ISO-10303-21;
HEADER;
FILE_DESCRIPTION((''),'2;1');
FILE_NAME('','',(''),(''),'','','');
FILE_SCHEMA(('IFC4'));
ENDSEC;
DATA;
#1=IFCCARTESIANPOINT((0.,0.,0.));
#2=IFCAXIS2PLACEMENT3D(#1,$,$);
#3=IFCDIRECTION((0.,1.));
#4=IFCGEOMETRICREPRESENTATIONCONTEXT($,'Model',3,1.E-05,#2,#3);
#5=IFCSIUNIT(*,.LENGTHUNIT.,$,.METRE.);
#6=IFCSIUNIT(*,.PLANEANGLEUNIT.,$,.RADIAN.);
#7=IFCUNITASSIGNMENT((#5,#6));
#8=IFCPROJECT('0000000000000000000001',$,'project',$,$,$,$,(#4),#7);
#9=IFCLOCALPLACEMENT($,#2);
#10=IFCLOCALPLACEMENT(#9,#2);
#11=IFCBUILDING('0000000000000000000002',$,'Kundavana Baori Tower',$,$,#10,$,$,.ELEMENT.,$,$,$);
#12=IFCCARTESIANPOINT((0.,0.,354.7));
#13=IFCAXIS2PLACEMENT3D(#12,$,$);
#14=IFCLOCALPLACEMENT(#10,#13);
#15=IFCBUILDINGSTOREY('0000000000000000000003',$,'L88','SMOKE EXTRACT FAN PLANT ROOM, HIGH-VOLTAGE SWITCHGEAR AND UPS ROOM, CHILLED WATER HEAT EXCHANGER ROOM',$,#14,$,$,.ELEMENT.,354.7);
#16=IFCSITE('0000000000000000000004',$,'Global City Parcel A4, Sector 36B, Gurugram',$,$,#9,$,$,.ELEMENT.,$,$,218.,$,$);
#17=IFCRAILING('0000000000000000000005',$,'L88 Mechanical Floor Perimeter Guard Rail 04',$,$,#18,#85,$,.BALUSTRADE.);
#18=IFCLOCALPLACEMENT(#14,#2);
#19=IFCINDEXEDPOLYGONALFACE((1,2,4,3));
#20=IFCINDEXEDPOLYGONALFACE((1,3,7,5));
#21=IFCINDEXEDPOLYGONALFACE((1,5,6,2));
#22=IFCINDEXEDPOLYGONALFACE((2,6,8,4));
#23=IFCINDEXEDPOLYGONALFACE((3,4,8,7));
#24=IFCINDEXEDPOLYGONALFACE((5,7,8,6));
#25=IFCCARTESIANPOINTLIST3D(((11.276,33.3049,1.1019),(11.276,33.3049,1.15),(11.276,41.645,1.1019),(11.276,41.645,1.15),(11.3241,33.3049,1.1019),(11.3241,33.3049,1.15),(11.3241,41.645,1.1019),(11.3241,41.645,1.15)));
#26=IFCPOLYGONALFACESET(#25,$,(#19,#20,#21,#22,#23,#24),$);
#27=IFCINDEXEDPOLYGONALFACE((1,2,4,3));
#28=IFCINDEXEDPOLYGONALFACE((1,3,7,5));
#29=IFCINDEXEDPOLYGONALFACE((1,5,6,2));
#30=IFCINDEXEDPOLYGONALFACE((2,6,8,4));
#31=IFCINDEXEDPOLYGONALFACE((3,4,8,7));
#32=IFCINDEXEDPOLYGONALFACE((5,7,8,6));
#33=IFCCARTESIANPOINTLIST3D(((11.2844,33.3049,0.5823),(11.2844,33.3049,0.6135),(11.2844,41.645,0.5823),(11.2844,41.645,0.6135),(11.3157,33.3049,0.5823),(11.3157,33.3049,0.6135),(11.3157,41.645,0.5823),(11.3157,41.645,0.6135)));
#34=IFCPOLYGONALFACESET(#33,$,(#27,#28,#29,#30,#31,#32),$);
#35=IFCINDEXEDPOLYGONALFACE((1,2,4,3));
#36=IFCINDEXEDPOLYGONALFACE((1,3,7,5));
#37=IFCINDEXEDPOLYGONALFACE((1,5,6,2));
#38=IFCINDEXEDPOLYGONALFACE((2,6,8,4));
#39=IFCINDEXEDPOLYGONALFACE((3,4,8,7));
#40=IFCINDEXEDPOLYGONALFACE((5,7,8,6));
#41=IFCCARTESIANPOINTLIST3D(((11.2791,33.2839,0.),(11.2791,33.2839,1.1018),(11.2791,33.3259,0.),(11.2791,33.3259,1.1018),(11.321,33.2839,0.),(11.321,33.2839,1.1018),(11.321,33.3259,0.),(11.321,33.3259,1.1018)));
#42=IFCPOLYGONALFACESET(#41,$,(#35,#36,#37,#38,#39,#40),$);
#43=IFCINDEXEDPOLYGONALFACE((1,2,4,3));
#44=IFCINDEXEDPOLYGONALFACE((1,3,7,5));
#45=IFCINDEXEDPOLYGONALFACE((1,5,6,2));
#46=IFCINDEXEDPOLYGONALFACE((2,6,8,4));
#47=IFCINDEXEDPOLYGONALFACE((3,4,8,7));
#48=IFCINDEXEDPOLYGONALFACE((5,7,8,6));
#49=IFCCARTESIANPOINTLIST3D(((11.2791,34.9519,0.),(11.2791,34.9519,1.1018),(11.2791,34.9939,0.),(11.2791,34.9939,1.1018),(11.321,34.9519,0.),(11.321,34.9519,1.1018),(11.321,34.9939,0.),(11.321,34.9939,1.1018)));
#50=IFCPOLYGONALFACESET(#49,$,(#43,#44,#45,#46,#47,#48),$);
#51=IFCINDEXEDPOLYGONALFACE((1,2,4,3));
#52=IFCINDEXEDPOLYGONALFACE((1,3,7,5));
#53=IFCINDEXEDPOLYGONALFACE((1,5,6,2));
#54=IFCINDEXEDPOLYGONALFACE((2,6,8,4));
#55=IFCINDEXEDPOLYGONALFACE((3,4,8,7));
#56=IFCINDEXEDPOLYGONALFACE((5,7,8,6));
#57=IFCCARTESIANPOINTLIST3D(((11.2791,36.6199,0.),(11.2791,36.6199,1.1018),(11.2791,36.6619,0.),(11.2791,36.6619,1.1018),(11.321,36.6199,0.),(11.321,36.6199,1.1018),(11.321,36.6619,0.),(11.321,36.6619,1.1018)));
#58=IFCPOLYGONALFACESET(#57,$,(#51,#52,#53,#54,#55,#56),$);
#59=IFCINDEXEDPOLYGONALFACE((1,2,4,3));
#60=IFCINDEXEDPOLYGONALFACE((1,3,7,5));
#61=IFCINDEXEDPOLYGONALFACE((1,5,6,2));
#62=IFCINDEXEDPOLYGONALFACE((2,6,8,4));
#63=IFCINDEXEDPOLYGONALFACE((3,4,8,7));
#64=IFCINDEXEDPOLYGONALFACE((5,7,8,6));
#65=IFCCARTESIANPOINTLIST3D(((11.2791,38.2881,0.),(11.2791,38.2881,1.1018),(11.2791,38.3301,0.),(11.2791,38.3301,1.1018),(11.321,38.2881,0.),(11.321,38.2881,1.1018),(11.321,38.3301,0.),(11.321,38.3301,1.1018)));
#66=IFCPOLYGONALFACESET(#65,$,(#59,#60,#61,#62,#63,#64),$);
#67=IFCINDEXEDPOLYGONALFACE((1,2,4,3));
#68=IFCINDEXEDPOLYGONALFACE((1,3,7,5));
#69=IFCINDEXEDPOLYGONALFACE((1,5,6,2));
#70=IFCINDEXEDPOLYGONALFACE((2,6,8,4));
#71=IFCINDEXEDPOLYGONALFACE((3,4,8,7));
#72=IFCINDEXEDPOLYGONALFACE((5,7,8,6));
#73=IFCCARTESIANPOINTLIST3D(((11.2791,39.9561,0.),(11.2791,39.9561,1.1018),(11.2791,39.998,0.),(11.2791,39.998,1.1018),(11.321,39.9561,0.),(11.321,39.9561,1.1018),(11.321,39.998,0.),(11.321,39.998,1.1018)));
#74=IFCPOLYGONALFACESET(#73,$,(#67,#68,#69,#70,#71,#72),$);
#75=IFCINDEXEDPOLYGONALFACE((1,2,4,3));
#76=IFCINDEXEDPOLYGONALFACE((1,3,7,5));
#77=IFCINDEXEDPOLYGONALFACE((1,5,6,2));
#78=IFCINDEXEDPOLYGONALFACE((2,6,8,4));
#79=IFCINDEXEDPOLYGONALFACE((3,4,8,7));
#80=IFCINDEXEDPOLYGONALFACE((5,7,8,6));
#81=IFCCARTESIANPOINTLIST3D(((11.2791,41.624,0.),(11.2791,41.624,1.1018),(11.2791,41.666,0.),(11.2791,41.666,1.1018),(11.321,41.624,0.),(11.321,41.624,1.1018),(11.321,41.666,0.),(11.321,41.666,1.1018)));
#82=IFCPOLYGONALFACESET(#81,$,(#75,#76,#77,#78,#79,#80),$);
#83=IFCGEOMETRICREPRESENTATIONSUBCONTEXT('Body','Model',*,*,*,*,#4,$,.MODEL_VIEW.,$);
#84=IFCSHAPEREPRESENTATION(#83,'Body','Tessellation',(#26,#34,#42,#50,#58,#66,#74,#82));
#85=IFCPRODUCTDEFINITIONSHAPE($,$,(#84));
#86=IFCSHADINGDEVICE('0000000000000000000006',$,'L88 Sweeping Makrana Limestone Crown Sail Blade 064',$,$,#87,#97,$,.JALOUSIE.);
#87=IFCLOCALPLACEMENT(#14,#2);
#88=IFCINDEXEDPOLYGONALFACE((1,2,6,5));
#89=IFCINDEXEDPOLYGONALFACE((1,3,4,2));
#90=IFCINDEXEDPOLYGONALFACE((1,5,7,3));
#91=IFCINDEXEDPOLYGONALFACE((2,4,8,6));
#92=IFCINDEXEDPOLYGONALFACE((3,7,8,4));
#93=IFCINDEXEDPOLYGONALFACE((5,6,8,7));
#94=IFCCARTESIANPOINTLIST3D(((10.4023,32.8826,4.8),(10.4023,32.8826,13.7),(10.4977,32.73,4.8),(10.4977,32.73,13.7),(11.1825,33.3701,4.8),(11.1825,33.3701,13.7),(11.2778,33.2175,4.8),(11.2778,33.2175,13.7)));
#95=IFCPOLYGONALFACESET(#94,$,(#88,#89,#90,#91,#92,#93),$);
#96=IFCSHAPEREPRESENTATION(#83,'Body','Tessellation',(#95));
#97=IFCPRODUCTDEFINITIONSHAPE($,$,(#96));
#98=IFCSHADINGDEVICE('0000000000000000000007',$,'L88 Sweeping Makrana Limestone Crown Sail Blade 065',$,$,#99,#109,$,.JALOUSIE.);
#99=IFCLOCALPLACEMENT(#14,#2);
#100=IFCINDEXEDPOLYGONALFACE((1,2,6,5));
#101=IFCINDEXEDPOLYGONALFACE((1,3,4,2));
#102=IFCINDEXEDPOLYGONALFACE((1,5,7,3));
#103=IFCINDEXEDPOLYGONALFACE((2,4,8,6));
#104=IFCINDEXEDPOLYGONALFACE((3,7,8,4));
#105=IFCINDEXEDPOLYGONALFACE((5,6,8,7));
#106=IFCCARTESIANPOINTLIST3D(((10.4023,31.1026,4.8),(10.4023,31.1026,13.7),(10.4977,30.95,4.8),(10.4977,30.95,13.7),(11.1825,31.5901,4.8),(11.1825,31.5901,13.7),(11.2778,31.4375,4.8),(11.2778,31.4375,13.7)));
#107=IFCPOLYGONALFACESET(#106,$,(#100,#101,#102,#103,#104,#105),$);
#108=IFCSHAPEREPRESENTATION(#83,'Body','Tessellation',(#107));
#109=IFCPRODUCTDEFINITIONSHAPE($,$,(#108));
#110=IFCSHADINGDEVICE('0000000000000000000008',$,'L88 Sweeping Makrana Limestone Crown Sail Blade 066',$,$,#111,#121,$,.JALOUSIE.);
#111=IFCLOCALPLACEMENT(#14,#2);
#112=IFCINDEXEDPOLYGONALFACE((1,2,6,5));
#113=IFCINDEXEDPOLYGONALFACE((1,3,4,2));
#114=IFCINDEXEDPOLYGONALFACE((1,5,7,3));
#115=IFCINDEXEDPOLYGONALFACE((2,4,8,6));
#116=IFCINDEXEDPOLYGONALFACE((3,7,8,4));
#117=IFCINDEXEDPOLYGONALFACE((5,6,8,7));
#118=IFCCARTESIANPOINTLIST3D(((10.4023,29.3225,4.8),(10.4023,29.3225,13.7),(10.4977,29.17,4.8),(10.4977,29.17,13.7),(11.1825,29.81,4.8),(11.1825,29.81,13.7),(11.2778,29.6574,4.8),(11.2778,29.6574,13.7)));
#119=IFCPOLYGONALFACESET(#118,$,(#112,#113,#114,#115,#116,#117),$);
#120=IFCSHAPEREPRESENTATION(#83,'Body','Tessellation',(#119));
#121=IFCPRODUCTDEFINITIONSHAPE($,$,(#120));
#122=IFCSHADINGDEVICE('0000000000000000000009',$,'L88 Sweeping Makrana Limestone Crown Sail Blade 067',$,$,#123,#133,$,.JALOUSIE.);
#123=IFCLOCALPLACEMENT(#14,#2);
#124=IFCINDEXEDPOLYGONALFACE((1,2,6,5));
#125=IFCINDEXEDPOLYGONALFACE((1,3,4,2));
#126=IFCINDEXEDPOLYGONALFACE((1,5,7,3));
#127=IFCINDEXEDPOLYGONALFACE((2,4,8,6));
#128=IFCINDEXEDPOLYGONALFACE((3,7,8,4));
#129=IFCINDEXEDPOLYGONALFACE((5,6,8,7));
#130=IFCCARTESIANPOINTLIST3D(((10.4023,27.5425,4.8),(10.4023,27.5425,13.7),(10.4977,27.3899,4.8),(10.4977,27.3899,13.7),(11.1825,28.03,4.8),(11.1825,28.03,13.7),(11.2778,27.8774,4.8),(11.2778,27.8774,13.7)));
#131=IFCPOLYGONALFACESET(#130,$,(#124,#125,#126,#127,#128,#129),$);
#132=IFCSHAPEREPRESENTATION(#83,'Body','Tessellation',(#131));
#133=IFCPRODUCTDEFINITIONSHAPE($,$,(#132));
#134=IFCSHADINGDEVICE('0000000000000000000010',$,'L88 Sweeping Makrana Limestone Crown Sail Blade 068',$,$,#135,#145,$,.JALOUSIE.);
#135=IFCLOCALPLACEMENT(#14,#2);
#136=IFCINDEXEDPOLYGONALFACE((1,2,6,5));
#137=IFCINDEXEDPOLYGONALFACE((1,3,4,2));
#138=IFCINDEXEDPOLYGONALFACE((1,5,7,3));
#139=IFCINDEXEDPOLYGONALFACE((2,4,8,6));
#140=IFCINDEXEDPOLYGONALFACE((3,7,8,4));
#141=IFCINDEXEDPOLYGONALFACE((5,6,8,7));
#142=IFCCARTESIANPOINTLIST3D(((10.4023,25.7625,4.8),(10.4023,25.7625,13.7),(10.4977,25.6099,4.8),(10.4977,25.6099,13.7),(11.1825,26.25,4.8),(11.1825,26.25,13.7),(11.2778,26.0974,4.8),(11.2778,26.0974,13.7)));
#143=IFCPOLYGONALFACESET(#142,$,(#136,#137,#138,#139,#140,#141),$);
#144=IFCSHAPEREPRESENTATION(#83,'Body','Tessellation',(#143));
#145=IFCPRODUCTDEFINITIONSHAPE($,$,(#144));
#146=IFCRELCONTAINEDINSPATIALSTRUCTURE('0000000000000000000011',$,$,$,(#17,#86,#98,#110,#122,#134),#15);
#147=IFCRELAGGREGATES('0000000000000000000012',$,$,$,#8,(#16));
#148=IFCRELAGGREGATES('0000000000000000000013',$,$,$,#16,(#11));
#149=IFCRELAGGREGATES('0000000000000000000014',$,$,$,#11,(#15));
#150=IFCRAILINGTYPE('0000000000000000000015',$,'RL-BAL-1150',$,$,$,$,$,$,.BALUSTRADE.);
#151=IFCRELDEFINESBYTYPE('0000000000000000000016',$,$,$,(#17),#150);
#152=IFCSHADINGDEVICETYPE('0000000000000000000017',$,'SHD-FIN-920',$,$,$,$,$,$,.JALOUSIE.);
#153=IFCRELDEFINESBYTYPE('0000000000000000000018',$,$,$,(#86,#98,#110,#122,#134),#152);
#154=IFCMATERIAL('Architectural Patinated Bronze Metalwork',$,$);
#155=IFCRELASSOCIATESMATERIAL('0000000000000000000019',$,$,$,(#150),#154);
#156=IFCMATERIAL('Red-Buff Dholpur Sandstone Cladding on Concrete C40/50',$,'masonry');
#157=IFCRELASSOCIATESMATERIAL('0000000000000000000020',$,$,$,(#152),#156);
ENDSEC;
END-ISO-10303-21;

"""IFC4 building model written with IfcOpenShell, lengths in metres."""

from ifc_helpers import new_model, si_unit, direction, frame, origin, origin_2d, place, context, subcontext, project, spatial, rectangle, extrude, material, type_object, element, save


model = new_model("IFC4")

# Units and contexts
model_context = context("Model", 3, precision=1e-05, world=origin(), true_north=direction((0.0, 1.0)))
body_context = subcontext(model_context, "Body", "Model", "MODEL_VIEW")
ifc_project = project(units=[si_unit("LENGTHUNIT", "METRE"), si_unit("PLANEANGLEUNIT", "RADIAN")], contexts=[model_context])

# Site, building, storey
site_placement = place(None, origin())
site = spatial("IfcSite", under=ifc_project, at=site_placement, Name="Global City Parcel A4, Sector 36B, Gurugram", CompositionType="ELEMENT", RefElevation=218.0)
building_placement = place(site_placement, origin())
building = spatial("IfcBuilding", under=site, at=building_placement, Name="Kundavana Baori Tower", CompositionType="ELEMENT")
storey_placement = place(building_placement, frame((0.0, 0.0, 354.7)))
storey = spatial("IfcBuildingStorey", under=building, at=storey_placement, Name="L88", Description="SMOKE EXTRACT FAN PLANT ROOM, HIGH-VOLTAGE SWITCHGEAR AND UPS ROOM, CHILLED WATER HEAT EXCHANGER ROOM", CompositionType="ELEMENT", Elevation=354.7)

# Railing
ifc_material_1 = material(Name="Architectural Patinated Bronze Metalwork")
railing_type = type_object("IfcRailingType", Name="RL-BAL-1150", PredefinedType="BALUSTRADE", material=ifc_material_1)
railing_placement = place(storey_placement, frame((11.3, 33.3049, 0.0)))
element("IfcRailing", 1, at=railing_placement, inside=storey, type_object=railing_type, Name="L88 Mechanical Floor Perimeter Guard Rail 04", PredefinedType="BALUSTRADE", context=body_context, shape_type="SweptSolid", body=[
    extrude(rectangle(XDim=0.0481, YDim=0.0481, at=origin_2d()), frame((0.0, 0.0, 1.126), z_axis=(0.0, 1.0, 0.0), x_axis=(-1.0, 0.0, 0.0)), (0.0, 0.0, 1.0), 8.3401),
    extrude(rectangle(XDim=0.0312, YDim=0.0312, at=origin_2d()), frame((0.0, 0.0, 0.5979), z_axis=(0.0, 1.0, 0.0), x_axis=(-1.0, 0.0, 0.0)), (0.0, 0.0, 1.0), 8.3401),
    extrude(rectangle(XDim=0.042, YDim=0.042, at=origin_2d()), origin(), (0.0, 0.0, 1.0), 1.1018),
    extrude(rectangle(XDim=0.042, YDim=0.042, at=origin_2d()), frame((0.0, 1.668, 0.0)), (0.0, 0.0, 1.0), 1.1018),
    extrude(rectangle(XDim=0.042, YDim=0.042, at=origin_2d()), frame((0.0, 3.3359, 0.0)), (0.0, 0.0, 1.0), 1.1018),
    extrude(rectangle(XDim=0.042, YDim=0.042, at=origin_2d()), frame((0.0, 5.0042, 0.0)), (0.0, 0.0, 1.0), 1.1018),
    extrude(rectangle(XDim=0.042, YDim=0.042, at=origin_2d()), frame((0.0, 6.6721, 0.0)), (0.0, 0.0, 1.0), 1.1018),
    extrude(rectangle(XDim=0.042, YDim=0.042, at=origin_2d()), frame((0.0, 8.3401, 0.0)), (0.0, 0.0, 1.0), 1.1018),
])

# Shading devices
ifc_material_2 = material(Name="Red-Buff Dholpur Sandstone Cladding on Concrete C40/50", Category="masonry")
shading_device_type = type_object("IfcShadingDeviceType", Name="SHD-FIN-920", PredefinedType="JALOUSIE", material=ifc_material_2)
for number, where, z_axis, x_axis, name in (
    (2, (10.8401, 33.05, 4.8), (0.0, 0.0, 1.0), (-0.529919, 0.848048, 0.0), "L88 Sweeping Makrana Limestone Crown Sail Blade 064"),
    (3, (10.8401, 31.27, 4.8), (0.0, 0.0, 1.0), (-0.529919, 0.848048, 0.0), "L88 Sweeping Makrana Limestone Crown Sail Blade 065"),
    (4, (10.8401, 29.49, 4.8), (0.0, 0.0, 1.0), (-0.529919, 0.848048, 0.0), "L88 Sweeping Makrana Limestone Crown Sail Blade 066"),
    (5, (10.8401, 27.71, 4.8), (0.0, 0.0, 1.0), (-0.529919, 0.848048, 0.0), "L88 Sweeping Makrana Limestone Crown Sail Blade 067"),
    (6, (10.8401, 25.9299, 4.8), (0.0, 0.0, 1.0), (-0.529919, 0.848048, 0.0), "L88 Sweeping Makrana Limestone Crown Sail Blade 068"),
):
    element("IfcShadingDevice", number, at=place(storey_placement, frame(where, z_axis=z_axis, x_axis=x_axis)), inside=storey, type_object=shading_device_type, Name=name, PredefinedType="JALOUSIE", context=body_context, shape_type="SweptSolid", body=[
        extrude(rectangle(XDim=0.1799, YDim=0.9199, at=origin_2d()), origin(), (0.0, 0.0, 1.0), 8.8999),
    ])

save(model, "model.ifc")
